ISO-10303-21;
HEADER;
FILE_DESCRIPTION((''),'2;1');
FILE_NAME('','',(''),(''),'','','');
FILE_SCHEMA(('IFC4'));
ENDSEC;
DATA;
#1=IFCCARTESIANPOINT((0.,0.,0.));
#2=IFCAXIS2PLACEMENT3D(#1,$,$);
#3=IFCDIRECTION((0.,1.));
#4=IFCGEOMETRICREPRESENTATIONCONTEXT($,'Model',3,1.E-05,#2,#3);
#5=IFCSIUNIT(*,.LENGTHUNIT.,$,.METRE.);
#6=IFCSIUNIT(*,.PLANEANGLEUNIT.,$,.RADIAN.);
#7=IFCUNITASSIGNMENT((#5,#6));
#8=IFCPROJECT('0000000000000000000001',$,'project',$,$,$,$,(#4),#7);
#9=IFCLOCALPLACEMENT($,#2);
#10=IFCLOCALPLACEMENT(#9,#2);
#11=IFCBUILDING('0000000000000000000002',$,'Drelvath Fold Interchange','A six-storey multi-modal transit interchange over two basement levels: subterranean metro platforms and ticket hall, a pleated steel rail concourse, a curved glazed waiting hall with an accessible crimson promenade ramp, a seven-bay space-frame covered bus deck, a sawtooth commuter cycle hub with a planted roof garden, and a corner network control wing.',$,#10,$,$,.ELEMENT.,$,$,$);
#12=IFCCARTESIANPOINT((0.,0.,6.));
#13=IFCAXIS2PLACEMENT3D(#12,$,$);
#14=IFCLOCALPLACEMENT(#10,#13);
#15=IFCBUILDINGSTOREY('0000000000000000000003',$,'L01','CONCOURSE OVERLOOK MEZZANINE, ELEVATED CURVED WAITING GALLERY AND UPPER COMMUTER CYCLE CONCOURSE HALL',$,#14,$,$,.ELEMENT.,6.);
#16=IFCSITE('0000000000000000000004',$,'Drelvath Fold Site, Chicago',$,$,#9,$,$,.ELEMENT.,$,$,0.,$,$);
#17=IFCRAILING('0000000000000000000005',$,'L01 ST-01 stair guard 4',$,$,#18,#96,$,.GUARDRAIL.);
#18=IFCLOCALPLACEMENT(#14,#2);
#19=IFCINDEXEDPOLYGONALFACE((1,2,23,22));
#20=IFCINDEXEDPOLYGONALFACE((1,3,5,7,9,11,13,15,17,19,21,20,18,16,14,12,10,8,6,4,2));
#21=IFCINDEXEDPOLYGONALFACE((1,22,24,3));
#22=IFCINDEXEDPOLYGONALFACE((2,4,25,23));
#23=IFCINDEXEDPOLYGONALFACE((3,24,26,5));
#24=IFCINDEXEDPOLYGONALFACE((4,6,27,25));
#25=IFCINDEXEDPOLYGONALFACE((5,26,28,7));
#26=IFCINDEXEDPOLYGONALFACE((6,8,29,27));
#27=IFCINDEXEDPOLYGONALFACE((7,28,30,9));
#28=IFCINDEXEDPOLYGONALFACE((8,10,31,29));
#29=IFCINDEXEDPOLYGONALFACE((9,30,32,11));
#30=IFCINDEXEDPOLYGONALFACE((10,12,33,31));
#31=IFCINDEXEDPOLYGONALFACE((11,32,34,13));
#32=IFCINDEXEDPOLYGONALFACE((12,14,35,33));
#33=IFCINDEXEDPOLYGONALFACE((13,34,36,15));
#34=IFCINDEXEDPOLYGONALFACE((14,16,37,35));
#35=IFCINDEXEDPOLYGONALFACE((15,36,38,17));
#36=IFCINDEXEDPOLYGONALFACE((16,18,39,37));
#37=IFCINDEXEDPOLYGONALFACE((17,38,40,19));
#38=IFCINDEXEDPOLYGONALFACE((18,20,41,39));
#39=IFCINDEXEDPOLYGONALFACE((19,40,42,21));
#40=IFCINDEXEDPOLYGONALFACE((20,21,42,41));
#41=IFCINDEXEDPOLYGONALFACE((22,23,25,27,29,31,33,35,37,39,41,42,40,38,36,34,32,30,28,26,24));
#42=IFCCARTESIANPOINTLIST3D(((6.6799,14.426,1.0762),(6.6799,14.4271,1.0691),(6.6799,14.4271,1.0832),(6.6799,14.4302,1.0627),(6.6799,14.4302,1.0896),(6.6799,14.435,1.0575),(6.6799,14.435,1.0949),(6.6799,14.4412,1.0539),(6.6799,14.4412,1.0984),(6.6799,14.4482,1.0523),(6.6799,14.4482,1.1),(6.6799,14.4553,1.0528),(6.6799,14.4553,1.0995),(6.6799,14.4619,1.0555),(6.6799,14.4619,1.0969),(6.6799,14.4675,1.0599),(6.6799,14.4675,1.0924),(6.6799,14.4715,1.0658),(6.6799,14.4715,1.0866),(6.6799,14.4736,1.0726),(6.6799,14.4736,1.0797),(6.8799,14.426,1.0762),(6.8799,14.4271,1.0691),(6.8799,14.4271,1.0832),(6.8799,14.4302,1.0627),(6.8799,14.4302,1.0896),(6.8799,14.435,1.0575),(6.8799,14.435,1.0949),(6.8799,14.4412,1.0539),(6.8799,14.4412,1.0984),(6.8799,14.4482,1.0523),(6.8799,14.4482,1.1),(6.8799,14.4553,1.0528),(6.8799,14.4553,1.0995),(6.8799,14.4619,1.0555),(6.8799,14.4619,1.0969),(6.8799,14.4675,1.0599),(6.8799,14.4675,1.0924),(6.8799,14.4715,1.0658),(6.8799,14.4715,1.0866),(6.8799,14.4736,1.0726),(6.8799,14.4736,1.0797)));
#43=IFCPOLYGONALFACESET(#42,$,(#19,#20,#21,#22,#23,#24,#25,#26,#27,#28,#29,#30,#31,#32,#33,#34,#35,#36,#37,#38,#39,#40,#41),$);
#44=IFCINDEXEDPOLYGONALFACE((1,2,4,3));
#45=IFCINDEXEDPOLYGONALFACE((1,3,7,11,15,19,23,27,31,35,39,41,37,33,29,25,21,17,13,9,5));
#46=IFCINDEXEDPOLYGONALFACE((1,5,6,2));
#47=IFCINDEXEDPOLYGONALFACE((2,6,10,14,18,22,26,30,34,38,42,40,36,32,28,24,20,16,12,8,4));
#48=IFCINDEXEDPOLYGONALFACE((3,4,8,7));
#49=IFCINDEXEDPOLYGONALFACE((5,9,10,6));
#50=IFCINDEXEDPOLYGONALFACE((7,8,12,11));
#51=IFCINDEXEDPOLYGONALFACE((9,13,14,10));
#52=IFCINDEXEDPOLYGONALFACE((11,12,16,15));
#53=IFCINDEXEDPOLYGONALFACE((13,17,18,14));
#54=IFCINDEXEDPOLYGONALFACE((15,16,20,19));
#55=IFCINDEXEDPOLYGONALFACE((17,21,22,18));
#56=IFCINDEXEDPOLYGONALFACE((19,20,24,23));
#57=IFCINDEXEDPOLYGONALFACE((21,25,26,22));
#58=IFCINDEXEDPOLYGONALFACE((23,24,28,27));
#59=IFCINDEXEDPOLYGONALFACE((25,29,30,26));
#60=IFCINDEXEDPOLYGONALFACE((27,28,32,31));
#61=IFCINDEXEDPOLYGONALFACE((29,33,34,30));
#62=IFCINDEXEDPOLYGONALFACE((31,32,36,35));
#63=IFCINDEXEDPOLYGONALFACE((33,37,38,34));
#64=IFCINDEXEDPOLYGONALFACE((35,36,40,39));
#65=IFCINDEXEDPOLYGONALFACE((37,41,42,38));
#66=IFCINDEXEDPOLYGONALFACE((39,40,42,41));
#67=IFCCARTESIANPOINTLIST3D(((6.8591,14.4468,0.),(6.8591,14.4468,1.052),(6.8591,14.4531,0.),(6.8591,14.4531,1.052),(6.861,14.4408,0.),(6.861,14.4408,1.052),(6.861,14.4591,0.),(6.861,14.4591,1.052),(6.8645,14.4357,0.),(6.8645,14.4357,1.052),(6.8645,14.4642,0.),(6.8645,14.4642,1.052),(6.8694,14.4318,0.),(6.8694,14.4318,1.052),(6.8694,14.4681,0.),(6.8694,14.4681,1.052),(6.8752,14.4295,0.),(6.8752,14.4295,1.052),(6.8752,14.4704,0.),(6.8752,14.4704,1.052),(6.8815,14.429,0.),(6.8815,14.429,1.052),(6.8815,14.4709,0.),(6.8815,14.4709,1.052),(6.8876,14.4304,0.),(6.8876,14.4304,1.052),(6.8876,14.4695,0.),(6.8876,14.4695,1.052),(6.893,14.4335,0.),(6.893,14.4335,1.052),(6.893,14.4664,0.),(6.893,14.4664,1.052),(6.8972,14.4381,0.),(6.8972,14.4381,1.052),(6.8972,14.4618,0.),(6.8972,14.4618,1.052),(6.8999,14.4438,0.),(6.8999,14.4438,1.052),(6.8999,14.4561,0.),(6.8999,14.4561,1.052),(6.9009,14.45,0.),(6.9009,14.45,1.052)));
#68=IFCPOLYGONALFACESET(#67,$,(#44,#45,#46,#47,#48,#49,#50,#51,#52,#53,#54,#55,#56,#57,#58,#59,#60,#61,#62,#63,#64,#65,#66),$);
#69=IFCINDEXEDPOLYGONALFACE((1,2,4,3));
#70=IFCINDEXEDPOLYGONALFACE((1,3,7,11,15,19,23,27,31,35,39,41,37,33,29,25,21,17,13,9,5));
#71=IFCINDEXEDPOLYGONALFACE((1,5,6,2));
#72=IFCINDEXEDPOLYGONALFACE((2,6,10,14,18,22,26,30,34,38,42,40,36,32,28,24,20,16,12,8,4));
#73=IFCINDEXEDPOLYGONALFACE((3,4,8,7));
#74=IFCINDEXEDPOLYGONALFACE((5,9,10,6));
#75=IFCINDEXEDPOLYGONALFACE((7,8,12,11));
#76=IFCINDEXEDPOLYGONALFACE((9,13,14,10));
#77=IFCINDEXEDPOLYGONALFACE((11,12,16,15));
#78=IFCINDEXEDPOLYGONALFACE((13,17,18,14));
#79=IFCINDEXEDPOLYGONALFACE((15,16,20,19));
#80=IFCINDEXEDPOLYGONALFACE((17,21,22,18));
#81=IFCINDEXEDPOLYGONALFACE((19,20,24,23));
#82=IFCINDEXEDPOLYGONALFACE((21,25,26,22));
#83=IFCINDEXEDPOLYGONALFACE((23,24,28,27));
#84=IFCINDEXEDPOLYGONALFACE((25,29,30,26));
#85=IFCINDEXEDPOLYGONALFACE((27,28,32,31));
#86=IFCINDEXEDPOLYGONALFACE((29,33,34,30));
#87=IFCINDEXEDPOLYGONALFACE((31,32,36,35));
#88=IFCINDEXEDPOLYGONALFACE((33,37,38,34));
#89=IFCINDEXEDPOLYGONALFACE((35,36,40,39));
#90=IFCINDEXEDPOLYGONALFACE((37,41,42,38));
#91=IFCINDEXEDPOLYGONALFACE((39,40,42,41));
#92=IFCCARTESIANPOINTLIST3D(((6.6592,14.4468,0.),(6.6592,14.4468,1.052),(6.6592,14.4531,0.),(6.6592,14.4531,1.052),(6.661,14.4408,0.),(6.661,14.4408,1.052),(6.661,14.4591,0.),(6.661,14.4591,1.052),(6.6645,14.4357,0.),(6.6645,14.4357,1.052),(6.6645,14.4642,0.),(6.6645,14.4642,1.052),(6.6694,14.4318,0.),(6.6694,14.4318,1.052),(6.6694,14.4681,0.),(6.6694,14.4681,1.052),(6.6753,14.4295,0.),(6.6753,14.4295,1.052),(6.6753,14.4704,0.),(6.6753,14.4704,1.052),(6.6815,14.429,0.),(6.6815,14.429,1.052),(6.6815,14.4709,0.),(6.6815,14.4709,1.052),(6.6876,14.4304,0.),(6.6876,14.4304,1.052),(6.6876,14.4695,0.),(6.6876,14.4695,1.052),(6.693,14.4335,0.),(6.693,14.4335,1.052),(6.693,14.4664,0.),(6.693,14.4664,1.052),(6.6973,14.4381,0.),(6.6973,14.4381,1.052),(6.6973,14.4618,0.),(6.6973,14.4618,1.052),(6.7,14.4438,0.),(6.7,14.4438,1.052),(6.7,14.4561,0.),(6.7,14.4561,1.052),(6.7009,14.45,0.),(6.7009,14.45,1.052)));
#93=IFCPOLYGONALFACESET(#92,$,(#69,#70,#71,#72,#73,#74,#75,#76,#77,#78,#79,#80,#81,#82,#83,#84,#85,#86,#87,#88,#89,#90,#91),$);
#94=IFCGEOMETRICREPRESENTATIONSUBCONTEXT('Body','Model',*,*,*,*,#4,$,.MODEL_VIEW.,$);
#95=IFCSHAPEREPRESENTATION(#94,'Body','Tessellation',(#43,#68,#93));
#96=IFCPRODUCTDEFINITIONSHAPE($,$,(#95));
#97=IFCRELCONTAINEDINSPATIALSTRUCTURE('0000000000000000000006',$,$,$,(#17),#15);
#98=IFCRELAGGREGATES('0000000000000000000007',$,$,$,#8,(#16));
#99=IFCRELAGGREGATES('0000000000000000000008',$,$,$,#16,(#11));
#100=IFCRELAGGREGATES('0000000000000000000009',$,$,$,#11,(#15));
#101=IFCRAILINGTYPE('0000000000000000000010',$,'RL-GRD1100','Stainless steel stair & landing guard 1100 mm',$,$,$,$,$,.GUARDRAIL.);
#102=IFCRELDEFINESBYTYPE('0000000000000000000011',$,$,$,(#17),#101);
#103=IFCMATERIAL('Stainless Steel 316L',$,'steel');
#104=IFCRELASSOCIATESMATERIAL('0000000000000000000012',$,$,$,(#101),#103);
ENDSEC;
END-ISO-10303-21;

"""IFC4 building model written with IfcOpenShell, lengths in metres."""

from ifc_helpers import new_model, si_unit, direction, frame, origin, origin_2d, place, context, subcontext, project, spatial, circle, extrude, material, type_object, element, save


model = new_model("IFC4")

# Units and contexts
model_context = context("Model", 3, precision=1e-05, world=origin(), true_north=direction((0.0, 1.0)))
body_context = subcontext(model_context, "Body", "Model", "MODEL_VIEW")
ifc_project = project(units=[si_unit("LENGTHUNIT", "METRE"), si_unit("PLANEANGLEUNIT", "RADIAN")], contexts=[model_context])

# Site, building, storey
site_placement = place(None, origin())
site = spatial("IfcSite", under=ifc_project, at=site_placement, Name="Drelvath Fold Site, Chicago", CompositionType="ELEMENT", RefElevation=0.0)
building_placement = place(site_placement, origin())
building = spatial("IfcBuilding", under=site, at=building_placement, Name="Drelvath Fold Interchange", Description="A six-storey multi-modal transit interchange over two basement levels: subterranean metro platforms and ticket hall, a pleated steel rail concourse, a curved glazed waiting hall with an accessible crimson promenade ramp, a seven-bay space-frame covered bus deck, a sawtooth commuter cycle hub with a planted roof garden, and a corner network control wing.", CompositionType="ELEMENT")
storey_placement = place(building_placement, frame((0.0, 0.0, 6.0)))
storey = spatial("IfcBuildingStorey", under=building, at=storey_placement, Name="L01", Description="CONCOURSE OVERLOOK MEZZANINE, ELEVATED CURVED WAITING GALLERY AND UPPER COMMUTER CYCLE CONCOURSE HALL", CompositionType="ELEMENT", Elevation=6.0)

# Railing
ifc_material_1 = material(Name="Stainless Steel 316L", Category="steel")
railing_type_1 = type_object("IfcRailingType", Name="RL-GRD1100", Description="Stainless steel stair & landing guard 1100 mm", PredefinedType="GUARDRAIL", material=ifc_material_1)
railing_1_placement = place(storey_placement, frame((6.8799, 14.45, 0.0)))
element("IfcRailing", 1, at=railing_1_placement, inside=storey, type_object=railing_type_1, Name="L01 ST-01 stair guard 4", PredefinedType="GUARDRAIL", context=body_context, shape_type="SweptSolid", body=[
    extrude(circle(Radius=0.0239, at=origin_2d()), frame((0.0, 0.0, 1.0762), z_axis=(-1.0, 0.0, 0.0), x_axis=(0.0, -1.0, 0.0)), (0.0, 0.0, 1.0), 0.2),
    extrude(circle(Radius=0.021, at=origin_2d()), origin(), (0.0, 0.0, 1.0), 1.052),
    extrude(circle(Radius=0.021, at=origin_2d()), frame((-0.2, 0.0, 0.0)), (0.0, 0.0, 1.0), 1.052),
])

save(model, "model.ifc")
